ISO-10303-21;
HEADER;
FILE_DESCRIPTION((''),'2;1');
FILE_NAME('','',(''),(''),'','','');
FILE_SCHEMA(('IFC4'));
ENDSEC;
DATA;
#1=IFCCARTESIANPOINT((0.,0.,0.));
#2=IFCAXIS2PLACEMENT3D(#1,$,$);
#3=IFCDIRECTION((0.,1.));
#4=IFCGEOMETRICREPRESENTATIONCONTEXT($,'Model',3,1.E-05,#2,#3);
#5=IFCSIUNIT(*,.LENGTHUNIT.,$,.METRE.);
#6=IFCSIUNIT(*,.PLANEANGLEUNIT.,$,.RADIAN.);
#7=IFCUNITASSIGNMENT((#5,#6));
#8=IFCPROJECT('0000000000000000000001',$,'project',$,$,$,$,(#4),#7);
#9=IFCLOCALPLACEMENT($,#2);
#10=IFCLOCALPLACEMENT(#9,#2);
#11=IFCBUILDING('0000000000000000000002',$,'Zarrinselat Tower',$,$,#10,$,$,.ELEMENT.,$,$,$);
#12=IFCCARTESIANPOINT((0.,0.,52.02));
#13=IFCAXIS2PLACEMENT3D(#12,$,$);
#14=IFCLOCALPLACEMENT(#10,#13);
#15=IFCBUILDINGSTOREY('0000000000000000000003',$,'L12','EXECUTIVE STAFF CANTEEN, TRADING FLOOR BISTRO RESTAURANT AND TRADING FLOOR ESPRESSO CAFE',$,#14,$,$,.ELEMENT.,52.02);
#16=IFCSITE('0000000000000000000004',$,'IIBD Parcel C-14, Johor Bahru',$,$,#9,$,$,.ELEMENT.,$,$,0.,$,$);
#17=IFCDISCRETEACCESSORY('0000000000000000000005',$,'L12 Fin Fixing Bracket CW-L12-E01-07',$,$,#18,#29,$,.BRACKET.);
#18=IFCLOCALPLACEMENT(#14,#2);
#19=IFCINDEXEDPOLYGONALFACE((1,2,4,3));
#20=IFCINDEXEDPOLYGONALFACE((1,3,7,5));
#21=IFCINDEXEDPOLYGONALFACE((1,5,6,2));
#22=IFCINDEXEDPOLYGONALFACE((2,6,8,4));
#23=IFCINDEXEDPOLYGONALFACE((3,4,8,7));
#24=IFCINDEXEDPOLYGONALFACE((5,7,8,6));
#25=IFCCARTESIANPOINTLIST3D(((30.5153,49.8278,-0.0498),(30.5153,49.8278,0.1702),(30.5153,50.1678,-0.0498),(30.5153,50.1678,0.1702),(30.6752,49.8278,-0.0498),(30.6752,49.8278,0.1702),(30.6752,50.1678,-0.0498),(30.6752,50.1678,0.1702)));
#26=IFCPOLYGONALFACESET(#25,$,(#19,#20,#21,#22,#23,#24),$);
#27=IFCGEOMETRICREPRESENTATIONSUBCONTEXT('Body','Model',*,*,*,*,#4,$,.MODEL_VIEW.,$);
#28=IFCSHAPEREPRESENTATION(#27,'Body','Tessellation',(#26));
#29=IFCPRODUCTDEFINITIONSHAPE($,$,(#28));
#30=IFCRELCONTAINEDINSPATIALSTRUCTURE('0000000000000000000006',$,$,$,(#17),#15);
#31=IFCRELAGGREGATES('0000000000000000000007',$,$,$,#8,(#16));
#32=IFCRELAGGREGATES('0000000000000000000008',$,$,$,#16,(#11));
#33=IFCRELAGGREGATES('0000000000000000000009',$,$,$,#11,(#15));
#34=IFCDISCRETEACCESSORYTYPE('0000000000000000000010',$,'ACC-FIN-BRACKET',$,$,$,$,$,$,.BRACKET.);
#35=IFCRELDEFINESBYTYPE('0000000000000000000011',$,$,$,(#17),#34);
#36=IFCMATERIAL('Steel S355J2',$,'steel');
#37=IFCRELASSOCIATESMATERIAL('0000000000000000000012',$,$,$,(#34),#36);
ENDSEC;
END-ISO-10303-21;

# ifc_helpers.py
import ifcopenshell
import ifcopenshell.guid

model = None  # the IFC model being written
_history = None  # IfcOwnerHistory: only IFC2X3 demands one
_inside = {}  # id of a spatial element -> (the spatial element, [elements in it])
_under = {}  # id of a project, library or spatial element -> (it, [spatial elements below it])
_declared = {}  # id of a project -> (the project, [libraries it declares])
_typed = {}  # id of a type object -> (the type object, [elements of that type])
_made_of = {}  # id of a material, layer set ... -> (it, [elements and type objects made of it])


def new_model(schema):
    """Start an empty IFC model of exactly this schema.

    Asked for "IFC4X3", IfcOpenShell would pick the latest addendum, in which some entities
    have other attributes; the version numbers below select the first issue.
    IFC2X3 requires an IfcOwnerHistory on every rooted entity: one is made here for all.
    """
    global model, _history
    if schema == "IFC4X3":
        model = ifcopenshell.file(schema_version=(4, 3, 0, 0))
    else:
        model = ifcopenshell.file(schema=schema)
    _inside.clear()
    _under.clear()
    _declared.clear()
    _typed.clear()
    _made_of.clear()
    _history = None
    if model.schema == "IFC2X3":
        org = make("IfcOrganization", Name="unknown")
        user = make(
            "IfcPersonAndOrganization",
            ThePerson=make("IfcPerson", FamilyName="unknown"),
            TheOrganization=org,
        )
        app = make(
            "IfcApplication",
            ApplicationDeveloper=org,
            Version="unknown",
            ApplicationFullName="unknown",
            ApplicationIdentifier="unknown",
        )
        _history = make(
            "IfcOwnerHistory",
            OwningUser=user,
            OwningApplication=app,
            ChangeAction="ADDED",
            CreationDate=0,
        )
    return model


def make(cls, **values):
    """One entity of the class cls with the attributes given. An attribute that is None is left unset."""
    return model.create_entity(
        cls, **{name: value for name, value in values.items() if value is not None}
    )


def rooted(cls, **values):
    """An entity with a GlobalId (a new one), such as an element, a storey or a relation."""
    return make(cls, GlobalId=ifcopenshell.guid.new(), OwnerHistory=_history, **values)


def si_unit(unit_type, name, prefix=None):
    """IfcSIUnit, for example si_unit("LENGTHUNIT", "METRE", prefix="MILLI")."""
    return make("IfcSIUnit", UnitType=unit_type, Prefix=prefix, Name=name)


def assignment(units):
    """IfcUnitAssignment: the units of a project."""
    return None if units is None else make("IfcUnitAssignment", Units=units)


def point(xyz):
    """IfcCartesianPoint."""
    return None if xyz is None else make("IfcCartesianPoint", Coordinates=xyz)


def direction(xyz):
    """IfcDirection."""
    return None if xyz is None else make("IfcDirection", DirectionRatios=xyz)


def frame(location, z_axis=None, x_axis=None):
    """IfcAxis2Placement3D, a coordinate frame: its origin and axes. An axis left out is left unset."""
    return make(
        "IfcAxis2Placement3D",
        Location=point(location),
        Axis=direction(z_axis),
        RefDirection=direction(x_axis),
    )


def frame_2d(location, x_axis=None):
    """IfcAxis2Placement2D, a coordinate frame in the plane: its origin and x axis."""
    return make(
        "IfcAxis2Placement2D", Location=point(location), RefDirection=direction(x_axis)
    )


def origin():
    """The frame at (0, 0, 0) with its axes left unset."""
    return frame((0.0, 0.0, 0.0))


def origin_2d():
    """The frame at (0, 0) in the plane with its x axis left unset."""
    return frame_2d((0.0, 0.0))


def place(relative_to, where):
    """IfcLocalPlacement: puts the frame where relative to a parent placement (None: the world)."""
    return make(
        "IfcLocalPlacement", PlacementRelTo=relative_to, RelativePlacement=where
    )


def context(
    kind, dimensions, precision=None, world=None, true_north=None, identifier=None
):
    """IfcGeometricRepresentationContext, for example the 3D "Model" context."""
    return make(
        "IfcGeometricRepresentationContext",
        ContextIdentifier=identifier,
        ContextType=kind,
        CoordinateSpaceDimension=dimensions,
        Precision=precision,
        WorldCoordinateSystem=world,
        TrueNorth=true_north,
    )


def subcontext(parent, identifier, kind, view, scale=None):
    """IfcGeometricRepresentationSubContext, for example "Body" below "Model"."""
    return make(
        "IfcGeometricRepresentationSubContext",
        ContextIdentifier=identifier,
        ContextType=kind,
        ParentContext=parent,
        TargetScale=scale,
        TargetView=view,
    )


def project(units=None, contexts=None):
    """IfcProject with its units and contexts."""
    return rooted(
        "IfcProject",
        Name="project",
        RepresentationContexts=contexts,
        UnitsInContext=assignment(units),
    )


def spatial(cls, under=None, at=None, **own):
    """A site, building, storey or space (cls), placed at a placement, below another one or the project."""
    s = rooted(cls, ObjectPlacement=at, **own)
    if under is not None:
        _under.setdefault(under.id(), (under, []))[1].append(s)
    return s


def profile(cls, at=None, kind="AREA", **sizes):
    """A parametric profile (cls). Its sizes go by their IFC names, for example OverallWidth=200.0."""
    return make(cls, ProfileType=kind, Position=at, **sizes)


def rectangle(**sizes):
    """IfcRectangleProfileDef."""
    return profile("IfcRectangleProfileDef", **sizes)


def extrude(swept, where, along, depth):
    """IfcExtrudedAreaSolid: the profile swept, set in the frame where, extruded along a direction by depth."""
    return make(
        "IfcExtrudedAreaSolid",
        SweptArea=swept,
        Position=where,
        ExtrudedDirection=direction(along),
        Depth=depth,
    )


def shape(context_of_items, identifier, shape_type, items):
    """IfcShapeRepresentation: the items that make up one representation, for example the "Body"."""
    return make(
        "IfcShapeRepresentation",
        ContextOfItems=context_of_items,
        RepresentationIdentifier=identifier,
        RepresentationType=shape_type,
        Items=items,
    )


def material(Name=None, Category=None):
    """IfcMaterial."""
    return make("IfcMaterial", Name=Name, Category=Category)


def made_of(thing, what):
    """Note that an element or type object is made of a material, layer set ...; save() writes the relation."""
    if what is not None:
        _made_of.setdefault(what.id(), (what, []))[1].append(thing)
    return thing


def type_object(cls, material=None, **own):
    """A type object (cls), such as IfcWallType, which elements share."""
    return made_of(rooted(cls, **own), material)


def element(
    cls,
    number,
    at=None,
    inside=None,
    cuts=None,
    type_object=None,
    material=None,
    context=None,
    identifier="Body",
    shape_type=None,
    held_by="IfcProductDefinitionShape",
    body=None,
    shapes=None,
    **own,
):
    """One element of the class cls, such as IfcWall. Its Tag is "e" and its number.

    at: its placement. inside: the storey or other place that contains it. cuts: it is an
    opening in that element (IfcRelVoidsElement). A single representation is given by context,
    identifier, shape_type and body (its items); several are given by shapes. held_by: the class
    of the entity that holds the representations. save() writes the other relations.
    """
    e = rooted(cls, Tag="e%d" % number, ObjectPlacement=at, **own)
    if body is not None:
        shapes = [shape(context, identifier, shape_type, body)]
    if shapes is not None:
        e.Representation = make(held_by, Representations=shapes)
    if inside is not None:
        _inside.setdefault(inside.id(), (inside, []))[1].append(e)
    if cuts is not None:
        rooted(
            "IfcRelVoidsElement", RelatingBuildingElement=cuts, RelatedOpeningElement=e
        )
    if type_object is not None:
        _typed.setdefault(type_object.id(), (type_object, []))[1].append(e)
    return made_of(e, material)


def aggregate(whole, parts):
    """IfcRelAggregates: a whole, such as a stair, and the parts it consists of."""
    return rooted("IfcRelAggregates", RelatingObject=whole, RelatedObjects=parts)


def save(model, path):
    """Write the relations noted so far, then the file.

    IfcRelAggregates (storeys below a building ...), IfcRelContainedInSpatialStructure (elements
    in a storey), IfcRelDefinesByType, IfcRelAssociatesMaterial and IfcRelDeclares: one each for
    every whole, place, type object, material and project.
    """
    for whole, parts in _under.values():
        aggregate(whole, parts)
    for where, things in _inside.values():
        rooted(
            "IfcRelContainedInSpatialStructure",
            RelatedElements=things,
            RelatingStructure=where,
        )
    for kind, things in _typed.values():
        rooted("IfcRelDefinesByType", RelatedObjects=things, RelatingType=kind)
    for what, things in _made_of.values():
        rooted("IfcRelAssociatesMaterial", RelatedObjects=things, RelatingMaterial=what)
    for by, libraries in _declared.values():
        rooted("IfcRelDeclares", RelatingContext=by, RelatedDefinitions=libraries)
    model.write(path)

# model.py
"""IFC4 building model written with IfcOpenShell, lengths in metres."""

from ifc_helpers import new_model, si_unit, direction, frame, origin, origin_2d, place, context, subcontext, project, spatial, rectangle, extrude, material, type_object, element, save


model = new_model("IFC4")

# Units and contexts
model_context = context("Model", 3, precision=1e-05, world=origin(), true_north=direction((0.0, 1.0)))
body_context = subcontext(model_context, "Body", "Model", "MODEL_VIEW")
ifc_project = project(units=[si_unit("LENGTHUNIT", "METRE"), si_unit("PLANEANGLEUNIT", "RADIAN")], contexts=[model_context])

# Site, building, storey
site_placement = place(None, origin())
site = spatial("IfcSite", under=ifc_project, at=site_placement, Name="IIBD Parcel C-14, Johor Bahru", CompositionType="ELEMENT", RefElevation=0.0)
building_placement = place(site_placement, origin())
building = spatial("IfcBuilding", under=site, at=building_placement, Name="Zarrinselat Tower", CompositionType="ELEMENT")
storey_placement = place(building_placement, frame((0.0, 0.0, 52.02)))
storey = spatial("IfcBuildingStorey", under=building, at=storey_placement, Name="L12", Description="EXECUTIVE STAFF CANTEEN, TRADING FLOOR BISTRO RESTAURANT AND TRADING FLOOR ESPRESSO CAFE", CompositionType="ELEMENT", Elevation=52.02)

# Discrete accessory
ifc_material_1 = material(Name="Steel S355J2", Category="steel")
discrete_accessory_type = type_object("IfcDiscreteAccessoryType", Name="ACC-FIN-BRACKET", PredefinedType="BRACKET", material=ifc_material_1)
discrete_accessory_placement = place(storey_placement, frame((30.5952, 49.9978, -0.0498), z_axis=(0.0, 0.0, 1.0), x_axis=(0.0, 1.0, 0.0)))
element("IfcDiscreteAccessory", 1, at=discrete_accessory_placement, inside=storey, type_object=discrete_accessory_type, Name="L12 Fin Fixing Bracket CW-L12-E01-07", PredefinedType="BRACKET", context=body_context, shape_type="SweptSolid", body=[
    extrude(rectangle(XDim=0.3401, YDim=0.1599, at=origin_2d()), origin(), (0.0, 0.0, 1.0), 0.22),
])

save(model, "model.ifc")
